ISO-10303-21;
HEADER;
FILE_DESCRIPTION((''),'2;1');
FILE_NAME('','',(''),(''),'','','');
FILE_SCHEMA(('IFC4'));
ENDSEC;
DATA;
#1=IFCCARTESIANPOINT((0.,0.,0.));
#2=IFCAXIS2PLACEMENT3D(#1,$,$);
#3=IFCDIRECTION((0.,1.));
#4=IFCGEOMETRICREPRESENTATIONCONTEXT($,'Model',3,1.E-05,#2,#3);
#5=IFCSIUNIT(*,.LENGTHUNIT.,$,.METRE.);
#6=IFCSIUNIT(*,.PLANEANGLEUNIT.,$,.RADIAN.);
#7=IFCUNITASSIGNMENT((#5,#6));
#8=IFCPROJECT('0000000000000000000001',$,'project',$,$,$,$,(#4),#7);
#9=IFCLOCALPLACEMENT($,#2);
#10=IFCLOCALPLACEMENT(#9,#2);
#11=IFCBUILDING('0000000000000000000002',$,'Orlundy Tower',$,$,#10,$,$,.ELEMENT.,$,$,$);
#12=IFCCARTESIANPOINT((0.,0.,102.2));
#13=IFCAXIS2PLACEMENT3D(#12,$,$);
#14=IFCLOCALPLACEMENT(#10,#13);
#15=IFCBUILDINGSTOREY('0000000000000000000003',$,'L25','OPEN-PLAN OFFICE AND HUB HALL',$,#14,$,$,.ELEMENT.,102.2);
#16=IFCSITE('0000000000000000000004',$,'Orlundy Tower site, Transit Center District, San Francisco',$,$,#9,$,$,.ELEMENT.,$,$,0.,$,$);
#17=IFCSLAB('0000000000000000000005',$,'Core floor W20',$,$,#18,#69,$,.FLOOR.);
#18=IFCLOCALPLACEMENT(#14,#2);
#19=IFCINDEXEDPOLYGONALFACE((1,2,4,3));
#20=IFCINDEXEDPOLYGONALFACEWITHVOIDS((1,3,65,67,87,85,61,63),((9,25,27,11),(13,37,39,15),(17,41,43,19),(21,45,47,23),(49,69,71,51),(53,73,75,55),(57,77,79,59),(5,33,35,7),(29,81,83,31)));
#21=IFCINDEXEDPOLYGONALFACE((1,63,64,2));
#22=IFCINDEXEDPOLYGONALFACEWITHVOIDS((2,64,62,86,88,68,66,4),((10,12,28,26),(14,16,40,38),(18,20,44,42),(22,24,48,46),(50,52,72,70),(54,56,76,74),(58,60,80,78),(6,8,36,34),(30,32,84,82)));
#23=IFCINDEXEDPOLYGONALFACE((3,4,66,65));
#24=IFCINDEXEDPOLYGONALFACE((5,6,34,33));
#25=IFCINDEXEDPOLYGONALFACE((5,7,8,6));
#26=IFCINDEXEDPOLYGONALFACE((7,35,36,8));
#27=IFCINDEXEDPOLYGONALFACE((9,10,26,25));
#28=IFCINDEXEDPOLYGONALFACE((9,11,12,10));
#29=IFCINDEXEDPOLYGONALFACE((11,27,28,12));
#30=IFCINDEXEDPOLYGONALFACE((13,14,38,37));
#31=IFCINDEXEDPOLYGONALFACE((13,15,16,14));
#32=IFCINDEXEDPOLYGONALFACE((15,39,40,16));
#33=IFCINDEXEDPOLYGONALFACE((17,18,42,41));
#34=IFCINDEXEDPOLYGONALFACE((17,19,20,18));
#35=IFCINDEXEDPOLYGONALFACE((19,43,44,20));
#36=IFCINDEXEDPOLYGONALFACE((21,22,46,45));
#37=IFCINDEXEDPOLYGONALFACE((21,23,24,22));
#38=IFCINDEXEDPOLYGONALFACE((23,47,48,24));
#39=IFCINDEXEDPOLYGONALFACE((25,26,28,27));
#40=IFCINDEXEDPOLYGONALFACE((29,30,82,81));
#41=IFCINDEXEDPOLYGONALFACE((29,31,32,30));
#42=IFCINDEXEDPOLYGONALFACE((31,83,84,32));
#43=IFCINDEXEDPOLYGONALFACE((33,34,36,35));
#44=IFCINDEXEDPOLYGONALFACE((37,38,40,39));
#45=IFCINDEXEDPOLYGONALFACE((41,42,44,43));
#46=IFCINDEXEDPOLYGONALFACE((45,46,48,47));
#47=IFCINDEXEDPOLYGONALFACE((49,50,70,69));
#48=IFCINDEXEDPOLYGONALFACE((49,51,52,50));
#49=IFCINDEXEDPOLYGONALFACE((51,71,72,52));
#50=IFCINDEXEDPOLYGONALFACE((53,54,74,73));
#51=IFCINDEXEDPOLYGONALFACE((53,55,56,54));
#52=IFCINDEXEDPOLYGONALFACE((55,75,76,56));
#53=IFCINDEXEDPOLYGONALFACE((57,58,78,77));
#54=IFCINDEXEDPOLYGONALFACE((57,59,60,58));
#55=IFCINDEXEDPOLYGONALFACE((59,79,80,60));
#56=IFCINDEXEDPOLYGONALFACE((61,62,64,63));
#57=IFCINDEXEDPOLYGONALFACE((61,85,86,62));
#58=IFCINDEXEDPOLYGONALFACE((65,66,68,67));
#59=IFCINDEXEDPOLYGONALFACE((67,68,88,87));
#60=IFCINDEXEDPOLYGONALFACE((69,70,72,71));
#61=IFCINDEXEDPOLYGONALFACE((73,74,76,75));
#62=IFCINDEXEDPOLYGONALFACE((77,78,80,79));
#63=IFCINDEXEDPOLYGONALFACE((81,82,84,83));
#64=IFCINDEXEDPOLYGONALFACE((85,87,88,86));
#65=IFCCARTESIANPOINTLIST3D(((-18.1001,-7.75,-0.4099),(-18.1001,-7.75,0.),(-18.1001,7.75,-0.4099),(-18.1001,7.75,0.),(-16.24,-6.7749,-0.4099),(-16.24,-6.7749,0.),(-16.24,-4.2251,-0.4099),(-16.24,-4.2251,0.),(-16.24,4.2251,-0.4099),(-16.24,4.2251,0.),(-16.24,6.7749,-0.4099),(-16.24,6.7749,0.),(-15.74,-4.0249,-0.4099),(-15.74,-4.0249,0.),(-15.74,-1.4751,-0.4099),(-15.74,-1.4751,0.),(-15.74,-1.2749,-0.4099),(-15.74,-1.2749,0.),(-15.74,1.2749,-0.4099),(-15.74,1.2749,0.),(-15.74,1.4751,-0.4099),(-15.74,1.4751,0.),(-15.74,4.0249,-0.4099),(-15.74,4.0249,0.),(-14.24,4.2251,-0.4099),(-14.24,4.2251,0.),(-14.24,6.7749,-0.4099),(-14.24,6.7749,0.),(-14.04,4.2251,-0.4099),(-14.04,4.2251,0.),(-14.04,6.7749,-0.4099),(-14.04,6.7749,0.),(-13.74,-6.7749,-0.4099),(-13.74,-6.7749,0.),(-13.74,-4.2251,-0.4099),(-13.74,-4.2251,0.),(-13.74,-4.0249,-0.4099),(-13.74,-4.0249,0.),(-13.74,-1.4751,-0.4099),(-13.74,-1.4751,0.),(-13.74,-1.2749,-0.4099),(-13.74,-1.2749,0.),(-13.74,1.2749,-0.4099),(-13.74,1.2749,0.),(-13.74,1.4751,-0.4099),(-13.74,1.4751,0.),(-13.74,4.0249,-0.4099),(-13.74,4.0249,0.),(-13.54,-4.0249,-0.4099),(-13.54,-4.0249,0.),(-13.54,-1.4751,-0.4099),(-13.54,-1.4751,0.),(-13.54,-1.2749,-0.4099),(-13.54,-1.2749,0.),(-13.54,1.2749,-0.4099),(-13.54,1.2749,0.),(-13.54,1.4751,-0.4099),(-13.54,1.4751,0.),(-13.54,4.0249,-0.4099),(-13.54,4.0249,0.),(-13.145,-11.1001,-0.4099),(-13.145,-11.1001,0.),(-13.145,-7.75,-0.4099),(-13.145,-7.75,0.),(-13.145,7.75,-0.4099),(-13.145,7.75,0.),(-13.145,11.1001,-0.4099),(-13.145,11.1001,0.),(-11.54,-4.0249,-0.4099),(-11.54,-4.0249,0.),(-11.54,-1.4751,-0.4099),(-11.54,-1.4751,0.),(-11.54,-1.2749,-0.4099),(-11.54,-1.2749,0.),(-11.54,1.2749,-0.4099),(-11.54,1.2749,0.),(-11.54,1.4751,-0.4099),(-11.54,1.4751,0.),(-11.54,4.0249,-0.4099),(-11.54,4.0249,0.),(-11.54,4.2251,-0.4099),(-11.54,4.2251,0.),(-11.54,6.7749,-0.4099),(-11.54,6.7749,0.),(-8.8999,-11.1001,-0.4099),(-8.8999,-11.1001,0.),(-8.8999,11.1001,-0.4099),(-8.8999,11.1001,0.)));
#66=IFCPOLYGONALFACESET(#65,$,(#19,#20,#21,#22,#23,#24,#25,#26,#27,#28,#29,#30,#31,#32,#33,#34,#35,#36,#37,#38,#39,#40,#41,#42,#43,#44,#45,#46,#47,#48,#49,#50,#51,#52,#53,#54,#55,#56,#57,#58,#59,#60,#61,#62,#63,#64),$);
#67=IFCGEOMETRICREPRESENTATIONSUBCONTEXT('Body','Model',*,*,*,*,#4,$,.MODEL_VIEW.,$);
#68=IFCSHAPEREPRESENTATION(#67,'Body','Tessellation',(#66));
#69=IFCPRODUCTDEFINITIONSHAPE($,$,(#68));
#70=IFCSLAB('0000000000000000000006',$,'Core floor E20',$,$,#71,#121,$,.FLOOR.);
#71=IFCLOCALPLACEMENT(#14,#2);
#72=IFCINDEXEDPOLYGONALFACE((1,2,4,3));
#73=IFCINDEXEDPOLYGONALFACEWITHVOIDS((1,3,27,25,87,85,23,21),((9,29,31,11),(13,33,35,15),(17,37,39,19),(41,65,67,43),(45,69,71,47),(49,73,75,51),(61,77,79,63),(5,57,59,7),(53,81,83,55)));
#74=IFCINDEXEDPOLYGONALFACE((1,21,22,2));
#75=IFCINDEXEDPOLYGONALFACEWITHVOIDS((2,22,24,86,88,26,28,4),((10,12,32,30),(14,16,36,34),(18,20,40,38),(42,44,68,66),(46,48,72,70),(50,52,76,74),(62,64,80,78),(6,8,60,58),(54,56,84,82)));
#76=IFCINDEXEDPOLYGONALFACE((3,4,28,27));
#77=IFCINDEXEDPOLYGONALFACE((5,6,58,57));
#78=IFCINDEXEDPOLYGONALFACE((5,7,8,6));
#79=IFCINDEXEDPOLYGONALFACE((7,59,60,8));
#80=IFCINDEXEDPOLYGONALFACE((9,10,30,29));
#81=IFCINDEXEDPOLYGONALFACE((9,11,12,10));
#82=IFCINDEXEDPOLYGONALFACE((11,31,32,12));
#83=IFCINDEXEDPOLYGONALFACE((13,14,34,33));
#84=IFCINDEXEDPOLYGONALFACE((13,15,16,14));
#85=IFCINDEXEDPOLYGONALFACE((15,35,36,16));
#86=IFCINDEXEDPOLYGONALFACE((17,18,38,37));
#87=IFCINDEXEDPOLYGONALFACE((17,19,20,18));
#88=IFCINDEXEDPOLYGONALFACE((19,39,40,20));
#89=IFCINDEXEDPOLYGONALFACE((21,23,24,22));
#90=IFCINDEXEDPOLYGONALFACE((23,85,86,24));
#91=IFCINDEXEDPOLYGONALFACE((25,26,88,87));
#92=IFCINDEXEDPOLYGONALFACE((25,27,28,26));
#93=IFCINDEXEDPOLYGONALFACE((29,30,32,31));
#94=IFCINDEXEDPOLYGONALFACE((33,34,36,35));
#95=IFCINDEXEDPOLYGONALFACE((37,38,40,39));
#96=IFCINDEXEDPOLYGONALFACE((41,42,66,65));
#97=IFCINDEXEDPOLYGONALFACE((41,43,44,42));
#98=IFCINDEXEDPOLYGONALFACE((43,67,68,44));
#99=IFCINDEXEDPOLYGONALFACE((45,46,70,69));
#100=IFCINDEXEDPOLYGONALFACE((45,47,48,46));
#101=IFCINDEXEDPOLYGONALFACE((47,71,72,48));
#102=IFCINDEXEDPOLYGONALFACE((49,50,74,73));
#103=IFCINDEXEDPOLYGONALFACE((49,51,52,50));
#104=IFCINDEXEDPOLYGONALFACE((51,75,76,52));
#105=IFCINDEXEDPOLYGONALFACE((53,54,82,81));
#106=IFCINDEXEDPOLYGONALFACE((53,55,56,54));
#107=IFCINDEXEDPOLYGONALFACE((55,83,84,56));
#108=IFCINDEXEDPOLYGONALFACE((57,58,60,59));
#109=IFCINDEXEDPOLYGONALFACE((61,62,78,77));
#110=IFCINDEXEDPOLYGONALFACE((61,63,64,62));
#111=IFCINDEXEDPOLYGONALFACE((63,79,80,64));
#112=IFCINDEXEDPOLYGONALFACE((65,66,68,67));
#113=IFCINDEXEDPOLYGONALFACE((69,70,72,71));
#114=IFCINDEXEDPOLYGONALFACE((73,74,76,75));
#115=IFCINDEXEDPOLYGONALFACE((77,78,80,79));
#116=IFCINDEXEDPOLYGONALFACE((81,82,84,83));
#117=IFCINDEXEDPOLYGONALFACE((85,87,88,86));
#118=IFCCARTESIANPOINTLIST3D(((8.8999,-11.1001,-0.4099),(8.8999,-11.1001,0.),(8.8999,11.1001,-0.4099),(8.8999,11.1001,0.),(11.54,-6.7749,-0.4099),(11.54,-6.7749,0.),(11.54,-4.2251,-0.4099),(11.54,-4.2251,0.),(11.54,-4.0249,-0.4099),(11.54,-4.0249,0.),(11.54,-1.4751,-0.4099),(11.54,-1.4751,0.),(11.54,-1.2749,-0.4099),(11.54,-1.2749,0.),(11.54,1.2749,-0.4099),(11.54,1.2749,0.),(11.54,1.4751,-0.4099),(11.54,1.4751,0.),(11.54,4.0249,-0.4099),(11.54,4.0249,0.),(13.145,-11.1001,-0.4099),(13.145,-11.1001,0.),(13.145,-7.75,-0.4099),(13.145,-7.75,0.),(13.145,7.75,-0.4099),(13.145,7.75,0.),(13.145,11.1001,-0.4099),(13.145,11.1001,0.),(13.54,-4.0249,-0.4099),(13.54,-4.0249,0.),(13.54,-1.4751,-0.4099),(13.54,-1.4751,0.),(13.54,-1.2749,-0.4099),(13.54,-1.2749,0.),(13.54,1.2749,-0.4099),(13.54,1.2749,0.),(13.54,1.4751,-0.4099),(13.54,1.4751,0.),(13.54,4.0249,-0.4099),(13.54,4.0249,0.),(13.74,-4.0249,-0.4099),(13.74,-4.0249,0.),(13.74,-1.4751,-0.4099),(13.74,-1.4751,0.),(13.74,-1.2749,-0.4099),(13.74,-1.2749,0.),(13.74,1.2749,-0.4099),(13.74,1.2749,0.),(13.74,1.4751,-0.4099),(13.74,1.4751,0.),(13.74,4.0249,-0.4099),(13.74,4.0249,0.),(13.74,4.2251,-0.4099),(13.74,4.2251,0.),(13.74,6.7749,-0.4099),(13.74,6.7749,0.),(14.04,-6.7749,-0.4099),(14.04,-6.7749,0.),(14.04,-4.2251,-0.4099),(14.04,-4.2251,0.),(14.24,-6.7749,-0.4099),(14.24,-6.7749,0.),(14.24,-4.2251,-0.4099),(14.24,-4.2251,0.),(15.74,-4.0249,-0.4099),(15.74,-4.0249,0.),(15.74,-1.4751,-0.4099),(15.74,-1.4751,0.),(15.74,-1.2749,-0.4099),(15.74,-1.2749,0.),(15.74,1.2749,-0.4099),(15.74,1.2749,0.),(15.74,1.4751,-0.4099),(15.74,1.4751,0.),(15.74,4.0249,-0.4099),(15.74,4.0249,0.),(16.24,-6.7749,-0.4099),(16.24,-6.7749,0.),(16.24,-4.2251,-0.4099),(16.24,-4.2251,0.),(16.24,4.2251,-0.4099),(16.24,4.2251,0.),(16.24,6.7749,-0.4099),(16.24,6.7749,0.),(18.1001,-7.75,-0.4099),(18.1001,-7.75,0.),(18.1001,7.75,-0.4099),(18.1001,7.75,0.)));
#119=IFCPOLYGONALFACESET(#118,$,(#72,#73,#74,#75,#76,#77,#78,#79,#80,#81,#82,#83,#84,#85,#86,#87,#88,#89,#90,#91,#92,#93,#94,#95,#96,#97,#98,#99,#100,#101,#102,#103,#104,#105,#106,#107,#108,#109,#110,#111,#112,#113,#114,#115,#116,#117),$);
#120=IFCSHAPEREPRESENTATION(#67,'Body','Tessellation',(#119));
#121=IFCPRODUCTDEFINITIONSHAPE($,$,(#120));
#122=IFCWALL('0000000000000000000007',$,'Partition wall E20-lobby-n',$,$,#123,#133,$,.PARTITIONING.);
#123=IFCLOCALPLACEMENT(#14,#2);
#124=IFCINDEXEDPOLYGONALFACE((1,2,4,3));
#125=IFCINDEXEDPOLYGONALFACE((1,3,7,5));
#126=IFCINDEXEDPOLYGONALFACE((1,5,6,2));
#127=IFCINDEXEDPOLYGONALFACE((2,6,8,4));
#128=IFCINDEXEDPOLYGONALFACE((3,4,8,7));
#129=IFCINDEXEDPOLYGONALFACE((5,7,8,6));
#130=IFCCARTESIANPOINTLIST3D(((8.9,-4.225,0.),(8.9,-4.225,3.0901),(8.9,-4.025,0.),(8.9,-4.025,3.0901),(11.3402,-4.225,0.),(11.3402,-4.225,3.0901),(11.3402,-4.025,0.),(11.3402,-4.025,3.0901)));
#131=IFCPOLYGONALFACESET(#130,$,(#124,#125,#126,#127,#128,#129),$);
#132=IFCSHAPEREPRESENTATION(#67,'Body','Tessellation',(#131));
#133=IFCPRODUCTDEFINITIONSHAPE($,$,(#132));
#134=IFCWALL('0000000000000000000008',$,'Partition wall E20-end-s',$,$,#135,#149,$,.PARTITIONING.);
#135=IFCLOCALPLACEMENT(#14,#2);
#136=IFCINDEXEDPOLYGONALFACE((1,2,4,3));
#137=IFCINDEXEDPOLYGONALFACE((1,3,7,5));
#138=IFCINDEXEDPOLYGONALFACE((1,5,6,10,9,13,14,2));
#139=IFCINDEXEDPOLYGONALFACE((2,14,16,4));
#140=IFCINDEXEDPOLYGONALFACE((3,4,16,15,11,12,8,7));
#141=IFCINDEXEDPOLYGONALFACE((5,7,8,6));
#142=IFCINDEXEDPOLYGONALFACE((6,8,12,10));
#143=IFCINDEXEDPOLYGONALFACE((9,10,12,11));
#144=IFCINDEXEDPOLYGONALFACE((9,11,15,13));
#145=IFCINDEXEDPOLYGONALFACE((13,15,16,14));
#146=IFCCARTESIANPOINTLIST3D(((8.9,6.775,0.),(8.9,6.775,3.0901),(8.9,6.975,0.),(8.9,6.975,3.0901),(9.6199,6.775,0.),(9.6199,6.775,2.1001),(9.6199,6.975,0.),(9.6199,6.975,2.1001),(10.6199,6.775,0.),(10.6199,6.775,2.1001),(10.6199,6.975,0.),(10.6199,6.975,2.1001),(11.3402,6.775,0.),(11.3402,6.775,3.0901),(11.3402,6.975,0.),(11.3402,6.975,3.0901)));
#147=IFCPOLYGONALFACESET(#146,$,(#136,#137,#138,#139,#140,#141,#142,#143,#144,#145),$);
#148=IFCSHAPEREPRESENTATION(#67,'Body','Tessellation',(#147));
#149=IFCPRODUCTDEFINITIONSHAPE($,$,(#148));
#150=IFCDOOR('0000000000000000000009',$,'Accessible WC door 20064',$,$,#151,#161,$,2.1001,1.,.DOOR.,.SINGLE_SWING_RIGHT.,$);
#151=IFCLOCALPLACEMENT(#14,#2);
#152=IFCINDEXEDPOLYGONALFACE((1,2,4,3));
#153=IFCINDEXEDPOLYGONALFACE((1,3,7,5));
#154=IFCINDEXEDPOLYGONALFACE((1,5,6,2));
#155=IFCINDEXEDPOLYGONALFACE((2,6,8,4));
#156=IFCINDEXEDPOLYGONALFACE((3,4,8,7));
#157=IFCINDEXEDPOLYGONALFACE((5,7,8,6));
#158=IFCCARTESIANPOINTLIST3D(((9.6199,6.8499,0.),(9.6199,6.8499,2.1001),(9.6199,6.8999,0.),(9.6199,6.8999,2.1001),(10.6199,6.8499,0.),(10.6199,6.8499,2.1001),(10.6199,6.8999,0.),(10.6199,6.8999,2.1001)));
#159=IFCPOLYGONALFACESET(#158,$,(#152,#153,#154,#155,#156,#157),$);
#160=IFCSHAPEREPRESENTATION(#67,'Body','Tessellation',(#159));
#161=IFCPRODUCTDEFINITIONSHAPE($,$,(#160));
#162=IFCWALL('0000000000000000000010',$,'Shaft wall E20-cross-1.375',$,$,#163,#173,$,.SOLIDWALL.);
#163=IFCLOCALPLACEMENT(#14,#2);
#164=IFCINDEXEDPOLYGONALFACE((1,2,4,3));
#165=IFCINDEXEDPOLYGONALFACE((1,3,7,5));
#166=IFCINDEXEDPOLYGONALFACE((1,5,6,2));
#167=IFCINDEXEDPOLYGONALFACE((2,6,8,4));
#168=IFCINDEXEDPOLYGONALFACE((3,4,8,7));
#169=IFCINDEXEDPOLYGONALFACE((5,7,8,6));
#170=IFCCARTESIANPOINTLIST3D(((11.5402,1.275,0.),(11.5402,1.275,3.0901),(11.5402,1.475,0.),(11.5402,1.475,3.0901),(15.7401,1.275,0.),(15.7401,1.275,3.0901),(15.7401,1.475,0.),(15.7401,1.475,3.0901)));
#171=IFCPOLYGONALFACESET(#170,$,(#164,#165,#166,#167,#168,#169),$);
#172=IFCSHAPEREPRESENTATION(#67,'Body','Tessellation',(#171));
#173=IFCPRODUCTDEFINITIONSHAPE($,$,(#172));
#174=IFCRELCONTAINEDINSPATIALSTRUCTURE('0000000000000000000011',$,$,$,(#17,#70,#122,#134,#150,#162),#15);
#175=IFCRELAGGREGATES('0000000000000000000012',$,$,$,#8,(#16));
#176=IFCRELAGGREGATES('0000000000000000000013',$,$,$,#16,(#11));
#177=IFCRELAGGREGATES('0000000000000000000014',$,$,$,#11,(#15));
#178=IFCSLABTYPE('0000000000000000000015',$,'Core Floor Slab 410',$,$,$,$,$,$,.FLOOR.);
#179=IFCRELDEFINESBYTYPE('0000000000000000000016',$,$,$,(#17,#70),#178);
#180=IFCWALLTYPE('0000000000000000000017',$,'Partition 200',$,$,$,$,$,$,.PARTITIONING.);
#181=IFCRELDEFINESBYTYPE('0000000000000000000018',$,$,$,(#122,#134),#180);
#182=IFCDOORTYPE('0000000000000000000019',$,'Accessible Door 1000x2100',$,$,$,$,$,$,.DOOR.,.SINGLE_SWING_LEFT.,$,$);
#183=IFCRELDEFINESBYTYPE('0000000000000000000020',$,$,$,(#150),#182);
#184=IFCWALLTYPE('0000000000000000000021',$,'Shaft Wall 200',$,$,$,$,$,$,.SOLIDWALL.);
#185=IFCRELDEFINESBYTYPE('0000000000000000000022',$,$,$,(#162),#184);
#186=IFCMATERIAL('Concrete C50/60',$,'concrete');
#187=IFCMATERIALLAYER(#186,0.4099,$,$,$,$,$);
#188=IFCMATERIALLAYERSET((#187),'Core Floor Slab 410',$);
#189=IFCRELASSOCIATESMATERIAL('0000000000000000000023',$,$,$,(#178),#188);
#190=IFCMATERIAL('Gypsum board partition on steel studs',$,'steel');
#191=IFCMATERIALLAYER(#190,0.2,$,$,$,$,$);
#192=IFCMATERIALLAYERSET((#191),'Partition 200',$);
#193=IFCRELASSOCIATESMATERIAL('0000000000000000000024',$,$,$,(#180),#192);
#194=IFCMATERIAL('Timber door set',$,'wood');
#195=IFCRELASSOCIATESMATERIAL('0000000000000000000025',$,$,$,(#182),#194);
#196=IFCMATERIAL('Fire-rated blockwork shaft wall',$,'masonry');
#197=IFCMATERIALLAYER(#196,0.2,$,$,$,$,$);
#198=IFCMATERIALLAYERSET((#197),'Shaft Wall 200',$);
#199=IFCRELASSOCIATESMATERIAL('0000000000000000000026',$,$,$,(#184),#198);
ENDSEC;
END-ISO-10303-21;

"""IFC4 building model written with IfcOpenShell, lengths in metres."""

from ifc_helpers import new_model, si_unit, direction, frame, frame_2d, origin, place, context, subcontext, project, spatial, polyline, rectangle, outline, extrude, material, layer, layer_set, type_object, element, fill, save


model = new_model("IFC4")

# Units and contexts
model_context = context("Model", 3, precision=1e-05, world=origin(), true_north=direction((0.0, 1.0)))
body_context = subcontext(model_context, "Body", "Model", "MODEL_VIEW")
ifc_project = project(units=[si_unit("LENGTHUNIT", "METRE"), si_unit("PLANEANGLEUNIT", "RADIAN")], contexts=[model_context])

# Site, building, storey
site_placement = place(None, origin())
site = spatial("IfcSite", under=ifc_project, at=site_placement, Name="Orlundy Tower site, Transit Center District, San Francisco", CompositionType="ELEMENT", RefElevation=0.0)
building_placement = place(site_placement, origin())
building = spatial("IfcBuilding", under=site, at=building_placement, Name="Orlundy Tower", CompositionType="ELEMENT")
storey_placement = place(building_placement, frame((0.0, 0.0, 102.2)))
storey = spatial("IfcBuildingStorey", under=building, at=storey_placement, Name="L25", Description="OPEN-PLAN OFFICE AND HUB HALL", CompositionType="ELEMENT", Elevation=102.2)

# Slabs
ifc_material_1 = material(Name="Concrete C50/60", Category="concrete")
ifc_layer_1 = layer(ifc_material_1, 0.4099)
ifc_layer_set_1 = layer_set([ifc_layer_1], Name="Core Floor Slab 410")
slab_type = type_object("IfcSlabType", Name="Core Floor Slab 410", PredefinedType="FLOOR", material=ifc_layer_set_1)
slab_1_placement = place(storey_placement, frame((0.0, 0.0, -0.4099)))
element("IfcSlab", 1, at=slab_1_placement, inside=storey, type_object=slab_type, Name="Core floor W20", PredefinedType="FLOOR", context=body_context, shape_type="SweptSolid", body=[
    extrude(outline(polyline([(-13.145, 7.75), (-13.145, 11.1001), (-8.8999, 11.1001), (-8.8999, -11.1001), (-13.145, -11.1001), (-13.145, -7.75), (-18.1001, -7.75), (-18.1001, 7.75), (-13.145, 7.75)]), holes=[polyline([(-16.24, -6.7749), (-13.74, -6.7749), (-13.74, -4.2251), (-16.24, -4.2251), (-16.24, -6.7749)]), polyline([(-13.54, -1.4751), (-13.54, -4.0249), (-11.54, -4.0249), (-11.54, -1.4751), (-13.54, -1.4751)]), polyline([(-13.74, -1.4751), (-15.74, -1.4751), (-15.74, -4.0249), (-13.74, -4.0249), (-13.74, -1.4751)]), polyline([(-11.54, -1.2749), (-11.54, 1.2749), (-13.54, 1.2749), (-13.54, -1.2749), (-11.54, -1.2749)]), polyline([(-15.74, -1.2749), (-13.74, -1.2749), (-13.74, 1.2749), (-15.74, 1.2749), (-15.74, -1.2749)]), polyline([(-13.54, 4.0249), (-13.54, 1.4751), (-11.54, 1.4751), (-11.54, 4.0249), (-13.54, 4.0249)]), polyline([(-13.74, 4.0249), (-15.74, 4.0249), (-15.74, 1.4751), (-13.74, 1.4751), (-13.74, 4.0249)]), polyline([(-11.54, 4.2251), (-11.54, 6.7749), (-14.04, 6.7749), (-14.04, 4.2251), (-11.54, 4.2251)]), polyline([(-16.24, 4.2251), (-14.24, 4.2251), (-14.24, 6.7749), (-16.24, 6.7749), (-16.24, 4.2251)])]), origin(), (0.0, 0.0, 1.0), 0.4099),
])
slab_2_placement = place(storey_placement, frame((0.0, 0.0, -0.4099)))
element("IfcSlab", 2, at=slab_2_placement, inside=storey, type_object=slab_type, Name="Core floor E20", PredefinedType="FLOOR", context=body_context, shape_type="SweptSolid", body=[
    extrude(outline(polyline([(13.145, -7.75), (13.145, -11.1001), (8.8999, -11.1001), (8.8999, 11.1001), (13.145, 11.1001), (13.145, 7.75), (18.1001, 7.75), (18.1001, -7.75), (13.145, -7.75)]), holes=[polyline([(16.24, 6.7749), (13.74, 6.7749), (13.74, 4.2251), (16.24, 4.2251), (16.24, 6.7749)]), polyline([(13.54, 1.4751), (13.54, 4.0249), (11.54, 4.0249), (11.54, 1.4751), (13.54, 1.4751)]), polyline([(13.74, 1.4751), (15.74, 1.4751), (15.74, 4.0249), (13.74, 4.0249), (13.74, 1.4751)]), polyline([(11.54, 1.2749), (11.54, -1.2749), (13.54, -1.2749), (13.54, 1.2749), (11.54, 1.2749)]), polyline([(15.74, 1.2749), (13.74, 1.2749), (13.74, -1.2749), (15.74, -1.2749), (15.74, 1.2749)]), polyline([(13.54, -4.0249), (13.54, -1.4751), (11.54, -1.4751), (11.54, -4.0249), (13.54, -4.0249)]), polyline([(13.74, -4.0249), (15.74, -4.0249), (15.74, -1.4751), (13.74, -1.4751), (13.74, -4.0249)]), polyline([(11.54, -4.2251), (11.54, -6.7749), (14.04, -6.7749), (14.04, -4.2251), (11.54, -4.2251)]), polyline([(16.24, -4.2251), (14.24, -4.2251), (14.24, -6.7749), (16.24, -6.7749), (16.24, -4.2251)])]), origin(), (0.0, 0.0, 1.0), 0.4099),
])

# Wall
ifc_material_2 = material(Name="Gypsum board partition on steel studs", Category="steel")
ifc_layer_2 = layer(ifc_material_2, 0.2)
ifc_layer_set_2 = layer_set([ifc_layer_2], Name="Partition 200")
wall_type_1 = type_object("IfcWallType", Name="Partition 200", PredefinedType="PARTITIONING", material=ifc_layer_set_2)
wall_1_placement = place(storey_placement, frame((8.8999, -4.125, 0.0), z_axis=(0.0, 0.0, 1.0), x_axis=(1.0, 0.0, 0.0)))
element("IfcWall", 3, at=wall_1_placement, inside=storey, type_object=wall_type_1, Name="Partition wall E20-lobby-n", PredefinedType="PARTITIONING", context=body_context, shape_type="SweptSolid", body=[
    extrude(rectangle(XDim=2.4402, YDim=0.2, at=frame_2d((1.2202, 0.0))), origin(), (0.0, 0.0, 1.0), 3.0901),
])

# Wall, opening, door
wall_2_placement = place(storey_placement, frame((8.8999, 6.875, 0.0), z_axis=(0.0, 0.0, 1.0), x_axis=(1.0, 0.0, 0.0)))
wall_2 = element("IfcWall", 4, at=wall_2_placement, inside=storey, type_object=wall_type_1, Name="Partition wall E20-end-s", PredefinedType="PARTITIONING", context=body_context, shape_type="SweptSolid", body=[
    extrude(rectangle(XDim=2.4402, YDim=0.2, at=frame_2d((1.2202, 0.0))), origin(), (0.0, 0.0, 1.0), 3.0901),
])
opening_1_placement = place(wall_2_placement, frame((0.72, 0.0, 0.0)))
opening_1 = element("IfcOpeningElement", 5, at=opening_1_placement, cuts=wall_2, PredefinedType="OPENING", context=body_context, shape_type="SweptSolid", body=[
    extrude(rectangle(XDim=1.0, YDim=2.1001, at=frame_2d((0.5, 1.05))), frame((0.0, 0.1101, 0.0), z_axis=(0.0, -1.0, 0.0), x_axis=(1.0, 0.0, 0.0)), (0.0, 0.0, 1.0), 0.2202),
])
ifc_material_3 = material(Name="Timber door set", Category="wood")
door_type_1 = type_object("IfcDoorType", Name="Accessible Door 1000x2100", OperationType="SINGLE_SWING_LEFT", PredefinedType="DOOR", material=ifc_material_3)
door_1_placement = place(opening_1_placement, origin())
door_1 = element("IfcDoor", 6, at=door_1_placement, inside=storey, type_object=door_type_1, Name="Accessible WC door 20064", OperationType="SINGLE_SWING_RIGHT", OverallHeight=2.1001, OverallWidth=1.0, PredefinedType="DOOR", context=body_context, shape_type="SweptSolid", body=[
    extrude(rectangle(XDim=1.0, YDim=2.1001, at=frame_2d((0.5, 1.05))), frame((0.0, 0.0249, 0.0), z_axis=(0.0, -1.0, 0.0), x_axis=(1.0, 0.0, 0.0)), (0.0, 0.0, 1.0), 0.05),
])
fill(opening_1, door_1)

# Wall
ifc_material_4 = material(Name="Fire-rated blockwork shaft wall", Category="masonry")
ifc_layer_3 = layer(ifc_material_4, 0.2)
ifc_layer_set_3 = layer_set([ifc_layer_3], Name="Shaft Wall 200")
wall_type_2 = type_object("IfcWallType", Name="Shaft Wall 200", PredefinedType="SOLIDWALL", material=ifc_layer_set_3)
for number, where, z_axis, x_axis, name in (
    (7, (11.54, 1.375, 0.0), (0.0, 0.0, 1.0), (1.0, 0.0, 0.0), "Shaft wall E20-cross-1.375"),
):
    element("IfcWall", number, at=place(storey_placement, frame(where, z_axis=z_axis, x_axis=x_axis)), inside=storey, type_object=wall_type_2, Name=name, PredefinedType="SOLIDWALL", context=body_context, shape_type="SweptSolid", body=[
        extrude(rectangle(XDim=4.2, YDim=0.2, at=frame_2d((2.1001, 0.0))), origin(), (0.0, 0.0, 1.0), 3.0901),
    ])

save(model, "model.ifc")
